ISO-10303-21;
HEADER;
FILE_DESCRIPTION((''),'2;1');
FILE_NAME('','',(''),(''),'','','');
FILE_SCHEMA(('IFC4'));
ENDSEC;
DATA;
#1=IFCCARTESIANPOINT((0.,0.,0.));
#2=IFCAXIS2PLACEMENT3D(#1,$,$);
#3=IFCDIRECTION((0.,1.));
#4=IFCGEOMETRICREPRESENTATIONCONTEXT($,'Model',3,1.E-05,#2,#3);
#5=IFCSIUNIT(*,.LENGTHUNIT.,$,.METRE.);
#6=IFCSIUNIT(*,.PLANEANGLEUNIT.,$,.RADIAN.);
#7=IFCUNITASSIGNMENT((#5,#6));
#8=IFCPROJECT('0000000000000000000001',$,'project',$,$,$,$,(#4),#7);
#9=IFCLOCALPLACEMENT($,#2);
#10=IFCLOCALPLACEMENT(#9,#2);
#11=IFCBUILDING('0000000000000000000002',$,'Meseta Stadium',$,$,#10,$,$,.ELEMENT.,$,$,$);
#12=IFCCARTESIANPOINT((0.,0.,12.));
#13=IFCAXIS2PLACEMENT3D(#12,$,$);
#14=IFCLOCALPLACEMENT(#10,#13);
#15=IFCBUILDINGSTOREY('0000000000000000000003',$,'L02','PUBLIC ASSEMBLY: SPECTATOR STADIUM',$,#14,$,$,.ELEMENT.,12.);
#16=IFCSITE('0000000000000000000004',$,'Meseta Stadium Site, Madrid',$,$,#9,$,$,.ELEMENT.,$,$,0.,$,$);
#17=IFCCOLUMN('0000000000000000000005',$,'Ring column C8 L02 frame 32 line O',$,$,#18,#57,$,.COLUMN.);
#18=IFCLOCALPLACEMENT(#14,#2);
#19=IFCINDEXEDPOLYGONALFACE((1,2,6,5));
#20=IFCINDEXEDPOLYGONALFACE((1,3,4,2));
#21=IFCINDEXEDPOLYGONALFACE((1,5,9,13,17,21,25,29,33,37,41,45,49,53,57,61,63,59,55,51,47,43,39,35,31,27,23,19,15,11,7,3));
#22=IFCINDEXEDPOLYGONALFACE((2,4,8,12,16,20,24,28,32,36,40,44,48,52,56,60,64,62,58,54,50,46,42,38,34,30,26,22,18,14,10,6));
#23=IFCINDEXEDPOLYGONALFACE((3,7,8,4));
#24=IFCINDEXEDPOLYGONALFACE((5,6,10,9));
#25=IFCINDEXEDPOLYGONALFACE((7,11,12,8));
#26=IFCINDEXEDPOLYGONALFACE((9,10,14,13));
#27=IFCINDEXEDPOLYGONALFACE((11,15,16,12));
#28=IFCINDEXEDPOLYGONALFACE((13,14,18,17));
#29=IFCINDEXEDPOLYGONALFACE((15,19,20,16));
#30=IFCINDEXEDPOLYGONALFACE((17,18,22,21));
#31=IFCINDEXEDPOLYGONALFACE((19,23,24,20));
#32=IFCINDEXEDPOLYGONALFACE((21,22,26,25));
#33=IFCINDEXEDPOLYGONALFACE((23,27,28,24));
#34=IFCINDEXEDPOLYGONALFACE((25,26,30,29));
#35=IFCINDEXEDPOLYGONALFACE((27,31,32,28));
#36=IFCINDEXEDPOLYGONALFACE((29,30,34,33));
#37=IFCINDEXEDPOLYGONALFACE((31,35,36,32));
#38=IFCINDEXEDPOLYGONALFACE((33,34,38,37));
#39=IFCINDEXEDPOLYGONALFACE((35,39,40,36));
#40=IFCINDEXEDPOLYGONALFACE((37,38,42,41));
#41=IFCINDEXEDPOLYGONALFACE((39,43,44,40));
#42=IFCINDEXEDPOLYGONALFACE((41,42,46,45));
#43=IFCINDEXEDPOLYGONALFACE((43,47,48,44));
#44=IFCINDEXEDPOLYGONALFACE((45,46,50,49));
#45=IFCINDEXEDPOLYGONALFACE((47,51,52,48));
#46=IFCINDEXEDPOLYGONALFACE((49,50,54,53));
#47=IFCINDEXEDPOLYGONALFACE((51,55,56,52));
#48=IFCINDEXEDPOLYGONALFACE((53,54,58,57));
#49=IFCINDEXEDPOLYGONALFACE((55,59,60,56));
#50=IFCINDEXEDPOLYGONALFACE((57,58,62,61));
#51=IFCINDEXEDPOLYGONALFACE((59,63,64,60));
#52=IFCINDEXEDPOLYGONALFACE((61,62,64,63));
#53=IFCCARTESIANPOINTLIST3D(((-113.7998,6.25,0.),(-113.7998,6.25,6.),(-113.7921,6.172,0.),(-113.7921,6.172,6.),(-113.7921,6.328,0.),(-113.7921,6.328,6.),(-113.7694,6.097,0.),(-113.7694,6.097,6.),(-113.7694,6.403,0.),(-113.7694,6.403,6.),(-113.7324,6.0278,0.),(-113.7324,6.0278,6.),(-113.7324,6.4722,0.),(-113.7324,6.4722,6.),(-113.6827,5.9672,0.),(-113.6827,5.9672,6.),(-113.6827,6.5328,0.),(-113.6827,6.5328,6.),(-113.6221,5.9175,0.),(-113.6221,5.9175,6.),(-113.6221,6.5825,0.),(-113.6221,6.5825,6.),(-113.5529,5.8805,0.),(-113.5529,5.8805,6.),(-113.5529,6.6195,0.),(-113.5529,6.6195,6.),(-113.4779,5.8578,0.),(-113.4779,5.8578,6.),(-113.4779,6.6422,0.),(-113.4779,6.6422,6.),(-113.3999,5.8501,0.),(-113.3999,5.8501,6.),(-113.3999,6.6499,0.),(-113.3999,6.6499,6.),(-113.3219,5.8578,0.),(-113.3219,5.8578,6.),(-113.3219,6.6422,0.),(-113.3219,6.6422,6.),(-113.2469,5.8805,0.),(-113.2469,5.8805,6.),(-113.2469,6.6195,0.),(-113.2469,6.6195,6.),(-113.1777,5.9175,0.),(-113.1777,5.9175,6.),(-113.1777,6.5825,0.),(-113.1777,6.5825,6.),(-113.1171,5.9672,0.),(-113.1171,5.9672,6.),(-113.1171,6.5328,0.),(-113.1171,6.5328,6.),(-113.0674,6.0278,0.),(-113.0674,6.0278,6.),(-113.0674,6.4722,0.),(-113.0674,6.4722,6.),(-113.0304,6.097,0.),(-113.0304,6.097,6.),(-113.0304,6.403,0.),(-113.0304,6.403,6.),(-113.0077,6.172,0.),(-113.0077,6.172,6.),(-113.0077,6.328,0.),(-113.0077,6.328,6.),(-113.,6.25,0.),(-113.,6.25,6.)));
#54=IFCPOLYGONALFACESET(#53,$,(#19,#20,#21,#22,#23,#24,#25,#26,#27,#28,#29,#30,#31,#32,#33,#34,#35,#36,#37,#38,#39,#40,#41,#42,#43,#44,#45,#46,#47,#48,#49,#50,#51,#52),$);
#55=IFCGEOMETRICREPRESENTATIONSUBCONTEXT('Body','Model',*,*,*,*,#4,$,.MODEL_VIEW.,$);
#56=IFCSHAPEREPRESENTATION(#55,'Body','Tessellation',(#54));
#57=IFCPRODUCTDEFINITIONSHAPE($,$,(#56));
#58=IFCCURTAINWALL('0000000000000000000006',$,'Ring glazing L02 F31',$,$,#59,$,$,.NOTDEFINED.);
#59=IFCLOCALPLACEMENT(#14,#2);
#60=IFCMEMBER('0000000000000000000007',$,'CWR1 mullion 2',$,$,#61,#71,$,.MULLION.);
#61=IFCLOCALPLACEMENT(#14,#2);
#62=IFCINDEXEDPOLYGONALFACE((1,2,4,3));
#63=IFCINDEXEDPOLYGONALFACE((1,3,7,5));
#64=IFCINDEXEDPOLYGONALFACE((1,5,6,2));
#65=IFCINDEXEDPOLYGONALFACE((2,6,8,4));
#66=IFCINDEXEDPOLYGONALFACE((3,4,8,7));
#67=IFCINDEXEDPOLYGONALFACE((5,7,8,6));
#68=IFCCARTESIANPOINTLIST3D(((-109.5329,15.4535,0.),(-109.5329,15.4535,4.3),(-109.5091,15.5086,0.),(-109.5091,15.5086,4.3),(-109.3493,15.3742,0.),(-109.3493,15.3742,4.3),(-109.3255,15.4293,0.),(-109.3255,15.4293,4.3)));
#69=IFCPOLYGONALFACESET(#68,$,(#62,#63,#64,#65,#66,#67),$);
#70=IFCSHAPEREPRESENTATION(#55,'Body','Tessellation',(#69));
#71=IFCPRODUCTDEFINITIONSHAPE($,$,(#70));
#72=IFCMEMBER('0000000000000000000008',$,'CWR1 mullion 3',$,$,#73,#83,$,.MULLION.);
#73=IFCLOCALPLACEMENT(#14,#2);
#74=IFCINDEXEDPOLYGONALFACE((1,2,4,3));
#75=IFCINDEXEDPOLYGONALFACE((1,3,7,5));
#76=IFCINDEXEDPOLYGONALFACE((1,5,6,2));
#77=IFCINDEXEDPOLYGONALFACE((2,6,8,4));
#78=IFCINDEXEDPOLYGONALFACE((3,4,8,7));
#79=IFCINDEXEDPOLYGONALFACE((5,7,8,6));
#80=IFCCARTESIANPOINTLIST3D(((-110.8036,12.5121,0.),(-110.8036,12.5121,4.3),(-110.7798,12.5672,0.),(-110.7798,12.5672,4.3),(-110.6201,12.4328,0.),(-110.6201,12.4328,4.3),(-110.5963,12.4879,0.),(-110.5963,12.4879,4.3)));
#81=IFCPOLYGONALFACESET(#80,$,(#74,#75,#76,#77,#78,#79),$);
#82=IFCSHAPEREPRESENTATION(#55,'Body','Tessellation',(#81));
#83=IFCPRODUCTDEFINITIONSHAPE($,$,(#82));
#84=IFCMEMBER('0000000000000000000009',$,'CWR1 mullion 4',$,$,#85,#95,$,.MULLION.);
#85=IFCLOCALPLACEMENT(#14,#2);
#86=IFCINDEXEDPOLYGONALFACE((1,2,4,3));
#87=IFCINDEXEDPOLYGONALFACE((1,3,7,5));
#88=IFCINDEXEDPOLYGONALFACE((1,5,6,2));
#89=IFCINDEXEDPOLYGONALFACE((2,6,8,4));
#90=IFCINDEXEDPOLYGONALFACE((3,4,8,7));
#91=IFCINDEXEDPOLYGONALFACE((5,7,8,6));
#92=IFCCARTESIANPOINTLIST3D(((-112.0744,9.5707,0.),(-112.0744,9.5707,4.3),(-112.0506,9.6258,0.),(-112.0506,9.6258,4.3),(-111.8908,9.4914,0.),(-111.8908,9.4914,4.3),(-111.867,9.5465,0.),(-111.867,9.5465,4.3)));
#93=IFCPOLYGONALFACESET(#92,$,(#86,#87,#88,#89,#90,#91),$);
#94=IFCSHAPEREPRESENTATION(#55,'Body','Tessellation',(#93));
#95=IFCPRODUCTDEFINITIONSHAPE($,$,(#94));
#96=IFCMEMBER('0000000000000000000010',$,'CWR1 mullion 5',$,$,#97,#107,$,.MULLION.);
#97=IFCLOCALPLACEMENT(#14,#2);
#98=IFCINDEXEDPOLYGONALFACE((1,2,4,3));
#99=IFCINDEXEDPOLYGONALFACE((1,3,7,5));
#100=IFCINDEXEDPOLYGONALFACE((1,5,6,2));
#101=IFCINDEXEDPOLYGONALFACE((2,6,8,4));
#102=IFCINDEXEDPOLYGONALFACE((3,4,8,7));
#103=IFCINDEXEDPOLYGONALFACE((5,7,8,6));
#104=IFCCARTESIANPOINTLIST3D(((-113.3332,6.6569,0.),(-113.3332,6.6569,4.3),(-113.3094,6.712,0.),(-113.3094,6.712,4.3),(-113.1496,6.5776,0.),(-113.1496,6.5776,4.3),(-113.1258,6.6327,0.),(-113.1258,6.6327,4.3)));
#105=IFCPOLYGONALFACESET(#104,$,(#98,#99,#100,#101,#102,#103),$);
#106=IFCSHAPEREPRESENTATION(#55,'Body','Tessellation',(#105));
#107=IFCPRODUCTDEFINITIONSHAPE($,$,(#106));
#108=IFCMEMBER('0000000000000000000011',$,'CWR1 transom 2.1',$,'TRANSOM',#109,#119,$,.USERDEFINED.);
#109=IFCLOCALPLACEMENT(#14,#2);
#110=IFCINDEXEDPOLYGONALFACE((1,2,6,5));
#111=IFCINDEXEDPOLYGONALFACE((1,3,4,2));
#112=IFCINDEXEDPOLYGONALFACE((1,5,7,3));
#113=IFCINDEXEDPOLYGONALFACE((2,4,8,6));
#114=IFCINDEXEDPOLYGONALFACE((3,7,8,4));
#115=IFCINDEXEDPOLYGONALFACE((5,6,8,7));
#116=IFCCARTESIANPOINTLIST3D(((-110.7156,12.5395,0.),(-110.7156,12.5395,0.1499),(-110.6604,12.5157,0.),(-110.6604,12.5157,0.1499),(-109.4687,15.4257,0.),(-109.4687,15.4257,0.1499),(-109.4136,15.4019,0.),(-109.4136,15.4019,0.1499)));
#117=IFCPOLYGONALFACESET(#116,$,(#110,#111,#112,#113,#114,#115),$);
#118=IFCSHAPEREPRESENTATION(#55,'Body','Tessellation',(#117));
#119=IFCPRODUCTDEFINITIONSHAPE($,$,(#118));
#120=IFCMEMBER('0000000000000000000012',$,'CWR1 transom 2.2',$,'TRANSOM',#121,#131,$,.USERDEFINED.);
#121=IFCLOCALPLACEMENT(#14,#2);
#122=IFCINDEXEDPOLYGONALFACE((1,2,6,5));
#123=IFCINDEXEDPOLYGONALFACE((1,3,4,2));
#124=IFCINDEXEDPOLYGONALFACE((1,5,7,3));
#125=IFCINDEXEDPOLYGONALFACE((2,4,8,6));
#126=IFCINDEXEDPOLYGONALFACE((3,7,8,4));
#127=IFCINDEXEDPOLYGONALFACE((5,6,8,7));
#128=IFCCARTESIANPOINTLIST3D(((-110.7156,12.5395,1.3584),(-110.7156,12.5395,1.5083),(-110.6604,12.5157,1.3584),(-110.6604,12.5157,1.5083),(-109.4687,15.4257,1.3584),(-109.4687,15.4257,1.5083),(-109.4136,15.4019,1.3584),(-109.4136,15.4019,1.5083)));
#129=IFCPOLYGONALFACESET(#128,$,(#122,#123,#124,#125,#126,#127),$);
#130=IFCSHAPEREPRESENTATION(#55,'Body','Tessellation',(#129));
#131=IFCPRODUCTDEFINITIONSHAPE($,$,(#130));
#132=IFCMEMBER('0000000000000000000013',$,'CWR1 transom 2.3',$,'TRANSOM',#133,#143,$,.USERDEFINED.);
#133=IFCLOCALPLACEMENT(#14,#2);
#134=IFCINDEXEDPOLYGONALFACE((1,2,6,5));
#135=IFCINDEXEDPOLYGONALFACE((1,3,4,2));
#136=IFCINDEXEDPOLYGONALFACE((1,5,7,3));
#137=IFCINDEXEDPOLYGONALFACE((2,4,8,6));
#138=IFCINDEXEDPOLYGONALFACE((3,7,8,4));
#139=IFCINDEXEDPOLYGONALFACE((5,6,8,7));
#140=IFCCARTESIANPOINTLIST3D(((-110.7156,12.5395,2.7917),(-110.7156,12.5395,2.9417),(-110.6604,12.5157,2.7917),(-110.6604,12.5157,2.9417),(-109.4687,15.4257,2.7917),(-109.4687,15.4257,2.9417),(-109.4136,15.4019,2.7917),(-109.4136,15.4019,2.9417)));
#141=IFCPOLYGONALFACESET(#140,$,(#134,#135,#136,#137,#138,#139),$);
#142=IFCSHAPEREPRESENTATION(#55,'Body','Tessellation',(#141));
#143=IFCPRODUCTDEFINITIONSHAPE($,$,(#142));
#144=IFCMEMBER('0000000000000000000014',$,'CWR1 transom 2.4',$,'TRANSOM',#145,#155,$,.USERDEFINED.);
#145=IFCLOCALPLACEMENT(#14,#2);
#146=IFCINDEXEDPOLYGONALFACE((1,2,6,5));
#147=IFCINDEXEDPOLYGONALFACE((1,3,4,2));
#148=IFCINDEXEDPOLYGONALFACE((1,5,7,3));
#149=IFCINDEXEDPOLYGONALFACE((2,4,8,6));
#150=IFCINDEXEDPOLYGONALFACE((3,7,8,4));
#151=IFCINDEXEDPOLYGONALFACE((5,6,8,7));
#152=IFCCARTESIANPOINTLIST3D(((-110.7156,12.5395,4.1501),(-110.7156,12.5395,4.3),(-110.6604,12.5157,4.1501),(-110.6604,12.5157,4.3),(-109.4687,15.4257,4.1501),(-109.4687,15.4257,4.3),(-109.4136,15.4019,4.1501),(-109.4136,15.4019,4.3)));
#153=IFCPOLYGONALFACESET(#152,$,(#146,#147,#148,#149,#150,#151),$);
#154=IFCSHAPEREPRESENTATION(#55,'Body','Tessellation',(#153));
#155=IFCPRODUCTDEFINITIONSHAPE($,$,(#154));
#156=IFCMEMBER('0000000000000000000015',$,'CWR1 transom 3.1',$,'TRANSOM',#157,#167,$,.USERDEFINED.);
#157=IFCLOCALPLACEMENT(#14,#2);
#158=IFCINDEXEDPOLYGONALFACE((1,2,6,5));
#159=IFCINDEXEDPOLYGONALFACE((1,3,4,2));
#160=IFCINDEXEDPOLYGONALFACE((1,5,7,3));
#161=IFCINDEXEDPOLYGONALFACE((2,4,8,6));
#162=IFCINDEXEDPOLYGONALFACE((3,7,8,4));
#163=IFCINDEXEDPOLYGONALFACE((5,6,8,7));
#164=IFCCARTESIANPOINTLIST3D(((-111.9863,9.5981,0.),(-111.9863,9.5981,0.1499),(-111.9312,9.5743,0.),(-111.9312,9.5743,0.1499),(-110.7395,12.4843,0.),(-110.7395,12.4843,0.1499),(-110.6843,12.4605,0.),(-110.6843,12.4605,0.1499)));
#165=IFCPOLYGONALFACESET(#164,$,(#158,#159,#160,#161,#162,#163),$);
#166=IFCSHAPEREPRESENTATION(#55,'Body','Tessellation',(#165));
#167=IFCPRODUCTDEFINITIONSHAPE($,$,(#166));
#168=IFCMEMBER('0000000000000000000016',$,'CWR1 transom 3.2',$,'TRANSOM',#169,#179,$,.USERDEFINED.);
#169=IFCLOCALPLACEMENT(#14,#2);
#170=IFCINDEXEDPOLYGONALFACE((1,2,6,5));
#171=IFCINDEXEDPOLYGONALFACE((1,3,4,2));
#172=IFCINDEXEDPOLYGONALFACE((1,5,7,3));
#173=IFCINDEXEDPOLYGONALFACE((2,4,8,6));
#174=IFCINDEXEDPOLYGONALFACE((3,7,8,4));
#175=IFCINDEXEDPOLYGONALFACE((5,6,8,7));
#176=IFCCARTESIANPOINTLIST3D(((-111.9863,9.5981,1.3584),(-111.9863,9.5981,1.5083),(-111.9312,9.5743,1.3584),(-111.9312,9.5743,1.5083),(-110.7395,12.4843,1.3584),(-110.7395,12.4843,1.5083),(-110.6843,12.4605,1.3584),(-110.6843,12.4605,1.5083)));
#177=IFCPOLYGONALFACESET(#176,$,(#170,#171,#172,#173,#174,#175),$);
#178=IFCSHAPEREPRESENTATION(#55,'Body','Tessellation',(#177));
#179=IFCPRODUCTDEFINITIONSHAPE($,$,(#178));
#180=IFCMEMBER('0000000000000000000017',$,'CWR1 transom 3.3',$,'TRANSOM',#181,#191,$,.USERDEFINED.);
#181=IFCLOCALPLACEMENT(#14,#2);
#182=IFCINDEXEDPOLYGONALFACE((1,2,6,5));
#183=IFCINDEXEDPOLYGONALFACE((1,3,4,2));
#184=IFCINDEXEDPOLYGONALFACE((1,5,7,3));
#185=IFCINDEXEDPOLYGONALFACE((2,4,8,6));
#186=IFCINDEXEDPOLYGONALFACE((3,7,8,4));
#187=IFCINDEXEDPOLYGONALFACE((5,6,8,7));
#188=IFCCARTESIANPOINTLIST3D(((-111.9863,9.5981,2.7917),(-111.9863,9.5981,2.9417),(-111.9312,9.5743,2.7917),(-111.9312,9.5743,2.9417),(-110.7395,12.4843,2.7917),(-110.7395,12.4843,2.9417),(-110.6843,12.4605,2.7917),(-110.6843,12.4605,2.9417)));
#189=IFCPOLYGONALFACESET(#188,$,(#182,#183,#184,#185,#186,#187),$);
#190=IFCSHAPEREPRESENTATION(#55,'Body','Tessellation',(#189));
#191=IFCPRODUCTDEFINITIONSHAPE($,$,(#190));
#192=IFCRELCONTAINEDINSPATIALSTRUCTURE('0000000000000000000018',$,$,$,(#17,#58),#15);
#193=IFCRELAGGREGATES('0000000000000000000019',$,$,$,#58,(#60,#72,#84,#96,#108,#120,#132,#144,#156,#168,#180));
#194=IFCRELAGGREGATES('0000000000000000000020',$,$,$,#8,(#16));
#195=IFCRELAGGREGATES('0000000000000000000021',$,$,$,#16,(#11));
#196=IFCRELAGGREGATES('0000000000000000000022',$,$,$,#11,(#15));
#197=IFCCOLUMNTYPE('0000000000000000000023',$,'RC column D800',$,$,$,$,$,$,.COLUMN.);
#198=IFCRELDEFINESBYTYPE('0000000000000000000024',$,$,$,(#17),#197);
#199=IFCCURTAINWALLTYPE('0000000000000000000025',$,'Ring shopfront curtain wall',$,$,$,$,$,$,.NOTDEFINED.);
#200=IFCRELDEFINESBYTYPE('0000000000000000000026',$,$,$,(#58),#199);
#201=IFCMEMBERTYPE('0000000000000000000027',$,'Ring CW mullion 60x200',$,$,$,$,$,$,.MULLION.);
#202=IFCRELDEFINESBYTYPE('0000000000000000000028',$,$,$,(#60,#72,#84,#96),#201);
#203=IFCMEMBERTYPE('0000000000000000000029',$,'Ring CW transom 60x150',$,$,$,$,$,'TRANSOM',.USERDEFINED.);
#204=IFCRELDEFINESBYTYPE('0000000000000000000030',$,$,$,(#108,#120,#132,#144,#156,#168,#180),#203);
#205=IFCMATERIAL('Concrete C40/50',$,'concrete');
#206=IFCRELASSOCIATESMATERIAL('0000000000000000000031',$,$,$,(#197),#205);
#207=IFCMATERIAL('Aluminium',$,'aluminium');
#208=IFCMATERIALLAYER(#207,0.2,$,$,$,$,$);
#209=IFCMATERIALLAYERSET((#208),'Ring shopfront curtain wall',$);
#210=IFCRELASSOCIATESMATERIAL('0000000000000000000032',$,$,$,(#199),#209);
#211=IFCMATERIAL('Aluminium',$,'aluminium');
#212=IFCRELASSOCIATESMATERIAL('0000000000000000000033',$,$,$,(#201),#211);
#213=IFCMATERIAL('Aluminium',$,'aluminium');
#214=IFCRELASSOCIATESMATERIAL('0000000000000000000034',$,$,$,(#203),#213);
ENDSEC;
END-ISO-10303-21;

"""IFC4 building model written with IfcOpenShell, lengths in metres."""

from ifc_helpers import new_model, si_unit, direction, frame, origin, origin_2d, place, context, subcontext, project, spatial, rectangle, circle, extrude, material, layer, layer_set, material_profile, profile_set, type_object, element, aggregate, save


model = new_model("IFC4")

# Units and contexts
model_context = context("Model", 3, precision=1e-05, world=origin(), true_north=direction((0.0, 1.0)))
body_context = subcontext(model_context, "Body", "Model", "MODEL_VIEW")
ifc_project = project(units=[si_unit("LENGTHUNIT", "METRE"), si_unit("PLANEANGLEUNIT", "RADIAN")], contexts=[model_context])

# Site, building, storey
site_placement = place(None, origin())
site = spatial("IfcSite", under=ifc_project, at=site_placement, Name="Meseta Stadium Site, Madrid", CompositionType="ELEMENT", RefElevation=0.0)
building_placement = place(site_placement, origin())
building = spatial("IfcBuilding", under=site, at=building_placement, Name="Meseta Stadium", CompositionType="ELEMENT")
storey_placement = place(building_placement, frame((0.0, 0.0, 12.0)))
storey = spatial("IfcBuildingStorey", under=building, at=storey_placement, Name="L02", Description="PUBLIC ASSEMBLY: SPECTATOR STADIUM", CompositionType="ELEMENT", Elevation=12.0)

# Column
ifc_material_1 = material(Name="Concrete C40/50", Category="concrete")
ifc_material_profile_1 = material_profile(ifc_material_1, circle(Radius=0.3999, at=origin_2d()), Name="RC D800")
ifc_profile_set_1 = profile_set([ifc_material_profile_1], Name="Concrete C40/50")
column_type = type_object("IfcColumnType", Name="RC column D800", PredefinedType="COLUMN", material=ifc_profile_set_1)
column_placement = place(storey_placement, frame((-113.3999, 6.25, 0.0), z_axis=(0.0, 0.0, 1.0), x_axis=(1.0, 0.0, 0.0)))
element("IfcColumn", 1, at=column_placement, inside=storey, type_object=column_type, Name="Ring column C8 L02 frame 32 line O", PredefinedType="COLUMN", context=body_context, shape_type="SweptSolid", body=[
    extrude(circle(Radius=0.3999, at=origin_2d()), origin(), (0.0, 0.0, 1.0), 6.0),
])

# Curtain wall, members
ifc_material_2 = material(Name="Aluminium", Category="aluminium")
ifc_layer_1 = layer(ifc_material_2, 0.2)
ifc_layer_set_1 = layer_set([ifc_layer_1], Name="Ring shopfront curtain wall")
curtain_wall_type = type_object("IfcCurtainWallType", Name="Ring shopfront curtain wall", PredefinedType="NOTDEFINED", material=ifc_layer_set_1)
curtain_wall_placement = place(storey_placement, origin())
curtain_wall = element("IfcCurtainWall", 2, at=curtain_wall_placement, inside=storey, type_object=curtain_wall_type, Name="Ring glazing L02 F31", PredefinedType="NOTDEFINED")
ifc_material_3 = material(Name="Aluminium", Category="aluminium")
ifc_material_profile_2 = material_profile(ifc_material_3, rectangle(XDim=0.2, YDim=0.0601, at=origin_2d()), Name="CW 200x60")
ifc_profile_set_2 = profile_set([ifc_material_profile_2], Name="Aluminium")
member_type_1 = type_object("IfcMemberType", Name="Ring CW mullion 60x200", PredefinedType="MULLION", material=ifc_profile_set_2)
member_1_placement = place(storey_placement, frame((-109.4292, 15.4414, 0.0), z_axis=(0.0, 0.0, 1.0), x_axis=(0.918, -0.396581, 0.0)))
member_1 = element("IfcMember", 3, at=member_1_placement, type_object=member_type_1, Name="CWR1 mullion 2", PredefinedType="MULLION", context=body_context, shape_type="SweptSolid", body=[
    extrude(rectangle(XDim=0.2, YDim=0.0601, at=origin_2d()), origin(), (0.0, 0.0, 1.0), 4.3),
])
member_2_placement = place(storey_placement, frame((-110.7, 12.5, 0.0), z_axis=(0.0, 0.0, 1.0), x_axis=(0.918, -0.396581, 0.0)))
member_2 = element("IfcMember", 4, at=member_2_placement, type_object=member_type_1, Name="CWR1 mullion 3", PredefinedType="MULLION", context=body_context, shape_type="SweptSolid", body=[
    extrude(rectangle(XDim=0.2, YDim=0.0601, at=origin_2d()), origin(), (0.0, 0.0, 1.0), 4.3),
])
member_3_placement = place(storey_placement, frame((-111.9707, 9.5586, 0.0), z_axis=(0.0, 0.0, 1.0), x_axis=(0.918, -0.396581, 0.0)))
member_3 = element("IfcMember", 5, at=member_3_placement, type_object=member_type_1, Name="CWR1 mullion 4", PredefinedType="MULLION", context=body_context, shape_type="SweptSolid", body=[
    extrude(rectangle(XDim=0.2, YDim=0.0601, at=origin_2d()), origin(), (0.0, 0.0, 1.0), 4.3),
])
member_4_placement = place(storey_placement, frame((-113.2295, 6.6448, 0.0), z_axis=(0.0, 0.0, 1.0), x_axis=(0.918, -0.396581, 0.0)))
member_4 = element("IfcMember", 6, at=member_4_placement, type_object=member_type_1, Name="CWR1 mullion 5", PredefinedType="MULLION", context=body_context, shape_type="SweptSolid", body=[
    extrude(rectangle(XDim=0.2, YDim=0.0601, at=origin_2d()), origin(), (0.0, 0.0, 1.0), 4.3),
])
ifc_material_4 = material(Name="Aluminium", Category="aluminium")
ifc_material_profile_3 = material_profile(ifc_material_4, rectangle(XDim=0.0601, YDim=0.1499, at=origin_2d()), Name="CW 60x150")
ifc_profile_set_3 = profile_set([ifc_material_profile_3], Name="Aluminium")
member_type_2 = type_object("IfcMemberType", Name="Ring CW transom 60x150", ElementType="TRANSOM", PredefinedType="USERDEFINED", material=ifc_profile_set_3)
member_5_placement = place(storey_placement, frame((-109.4412, 15.4138, 0.075), z_axis=(-0.39657, -0.918005, 0.0), x_axis=(0.918005, -0.39657, 0.0)))
member_5 = element("IfcMember", 7, at=member_5_placement, type_object=member_type_2, Name="CWR1 transom 2.1", ObjectType="TRANSOM", PredefinedType="USERDEFINED", context=body_context, shape_type="SweptSolid", body=[
    extrude(rectangle(XDim=0.0601, YDim=0.1499, at=origin_2d()), origin(), (0.0, 0.0, 1.0), 3.144),
])
member_6_placement = place(storey_placement, frame((-109.4412, 15.4138, 1.4333), z_axis=(-0.39657, -0.918005, 0.0), x_axis=(0.918005, -0.39657, 0.0)))
member_6 = element("IfcMember", 8, at=member_6_placement, type_object=member_type_2, Name="CWR1 transom 2.2", ObjectType="TRANSOM", PredefinedType="USERDEFINED", context=body_context, shape_type="SweptSolid", body=[
    extrude(rectangle(XDim=0.0601, YDim=0.1499, at=origin_2d()), origin(), (0.0, 0.0, 1.0), 3.144),
])
member_7_placement = place(storey_placement, frame((-109.4412, 15.4138, 2.8667), z_axis=(-0.39657, -0.918005, 0.0), x_axis=(0.918005, -0.39657, 0.0)))
member_7 = element("IfcMember", 9, at=member_7_placement, type_object=member_type_2, Name="CWR1 transom 2.3", ObjectType="TRANSOM", PredefinedType="USERDEFINED", context=body_context, shape_type="SweptSolid", body=[
    extrude(rectangle(XDim=0.0601, YDim=0.1499, at=origin_2d()), origin(), (0.0, 0.0, 1.0), 3.144),
])
member_8_placement = place(storey_placement, frame((-109.4412, 15.4138, 4.2251), z_axis=(-0.39657, -0.918005, 0.0), x_axis=(0.918005, -0.39657, 0.0)))
member_8 = element("IfcMember", 10, at=member_8_placement, type_object=member_type_2, Name="CWR1 transom 2.4", ObjectType="TRANSOM", PredefinedType="USERDEFINED", context=body_context, shape_type="SweptSolid", body=[
    extrude(rectangle(XDim=0.0601, YDim=0.1499, at=origin_2d()), origin(), (0.0, 0.0, 1.0), 3.144),
])
member_9_placement = place(storey_placement, frame((-110.7119, 12.4724, 0.075), z_axis=(-0.39657, -0.918005, 0.0), x_axis=(0.918005, -0.39657, 0.0)))
member_9 = element("IfcMember", 11, at=member_9_placement, type_object=member_type_2, Name="CWR1 transom 3.1", ObjectType="TRANSOM", PredefinedType="USERDEFINED", context=body_context, shape_type="SweptSolid", body=[
    extrude(rectangle(XDim=0.0601, YDim=0.1499, at=origin_2d()), origin(), (0.0, 0.0, 1.0), 3.144),
])
member_10_placement = place(storey_placement, frame((-110.7119, 12.4724, 1.4333), z_axis=(-0.39657, -0.918005, 0.0), x_axis=(0.918005, -0.39657, 0.0)))
member_10 = element("IfcMember", 12, at=member_10_placement, type_object=member_type_2, Name="CWR1 transom 3.2", ObjectType="TRANSOM", PredefinedType="USERDEFINED", context=body_context, shape_type="SweptSolid", body=[
    extrude(rectangle(XDim=0.0601, YDim=0.1499, at=origin_2d()), origin(), (0.0, 0.0, 1.0), 3.144),
])
member_11_placement = place(storey_placement, frame((-110.7119, 12.4724, 2.8667), z_axis=(-0.39657, -0.918005, 0.0), x_axis=(0.918005, -0.39657, 0.0)))
member_11 = element("IfcMember", 13, at=member_11_placement, type_object=member_type_2, Name="CWR1 transom 3.3", ObjectType="TRANSOM", PredefinedType="USERDEFINED", context=body_context, shape_type="SweptSolid", body=[
    extrude(rectangle(XDim=0.0601, YDim=0.1499, at=origin_2d()), origin(), (0.0, 0.0, 1.0), 3.144),
])
aggregate(curtain_wall, [member_1, member_2, member_3, member_4, member_5, member_6, member_7, member_8, member_9, member_10, member_11])

save(model, "model.ifc")
